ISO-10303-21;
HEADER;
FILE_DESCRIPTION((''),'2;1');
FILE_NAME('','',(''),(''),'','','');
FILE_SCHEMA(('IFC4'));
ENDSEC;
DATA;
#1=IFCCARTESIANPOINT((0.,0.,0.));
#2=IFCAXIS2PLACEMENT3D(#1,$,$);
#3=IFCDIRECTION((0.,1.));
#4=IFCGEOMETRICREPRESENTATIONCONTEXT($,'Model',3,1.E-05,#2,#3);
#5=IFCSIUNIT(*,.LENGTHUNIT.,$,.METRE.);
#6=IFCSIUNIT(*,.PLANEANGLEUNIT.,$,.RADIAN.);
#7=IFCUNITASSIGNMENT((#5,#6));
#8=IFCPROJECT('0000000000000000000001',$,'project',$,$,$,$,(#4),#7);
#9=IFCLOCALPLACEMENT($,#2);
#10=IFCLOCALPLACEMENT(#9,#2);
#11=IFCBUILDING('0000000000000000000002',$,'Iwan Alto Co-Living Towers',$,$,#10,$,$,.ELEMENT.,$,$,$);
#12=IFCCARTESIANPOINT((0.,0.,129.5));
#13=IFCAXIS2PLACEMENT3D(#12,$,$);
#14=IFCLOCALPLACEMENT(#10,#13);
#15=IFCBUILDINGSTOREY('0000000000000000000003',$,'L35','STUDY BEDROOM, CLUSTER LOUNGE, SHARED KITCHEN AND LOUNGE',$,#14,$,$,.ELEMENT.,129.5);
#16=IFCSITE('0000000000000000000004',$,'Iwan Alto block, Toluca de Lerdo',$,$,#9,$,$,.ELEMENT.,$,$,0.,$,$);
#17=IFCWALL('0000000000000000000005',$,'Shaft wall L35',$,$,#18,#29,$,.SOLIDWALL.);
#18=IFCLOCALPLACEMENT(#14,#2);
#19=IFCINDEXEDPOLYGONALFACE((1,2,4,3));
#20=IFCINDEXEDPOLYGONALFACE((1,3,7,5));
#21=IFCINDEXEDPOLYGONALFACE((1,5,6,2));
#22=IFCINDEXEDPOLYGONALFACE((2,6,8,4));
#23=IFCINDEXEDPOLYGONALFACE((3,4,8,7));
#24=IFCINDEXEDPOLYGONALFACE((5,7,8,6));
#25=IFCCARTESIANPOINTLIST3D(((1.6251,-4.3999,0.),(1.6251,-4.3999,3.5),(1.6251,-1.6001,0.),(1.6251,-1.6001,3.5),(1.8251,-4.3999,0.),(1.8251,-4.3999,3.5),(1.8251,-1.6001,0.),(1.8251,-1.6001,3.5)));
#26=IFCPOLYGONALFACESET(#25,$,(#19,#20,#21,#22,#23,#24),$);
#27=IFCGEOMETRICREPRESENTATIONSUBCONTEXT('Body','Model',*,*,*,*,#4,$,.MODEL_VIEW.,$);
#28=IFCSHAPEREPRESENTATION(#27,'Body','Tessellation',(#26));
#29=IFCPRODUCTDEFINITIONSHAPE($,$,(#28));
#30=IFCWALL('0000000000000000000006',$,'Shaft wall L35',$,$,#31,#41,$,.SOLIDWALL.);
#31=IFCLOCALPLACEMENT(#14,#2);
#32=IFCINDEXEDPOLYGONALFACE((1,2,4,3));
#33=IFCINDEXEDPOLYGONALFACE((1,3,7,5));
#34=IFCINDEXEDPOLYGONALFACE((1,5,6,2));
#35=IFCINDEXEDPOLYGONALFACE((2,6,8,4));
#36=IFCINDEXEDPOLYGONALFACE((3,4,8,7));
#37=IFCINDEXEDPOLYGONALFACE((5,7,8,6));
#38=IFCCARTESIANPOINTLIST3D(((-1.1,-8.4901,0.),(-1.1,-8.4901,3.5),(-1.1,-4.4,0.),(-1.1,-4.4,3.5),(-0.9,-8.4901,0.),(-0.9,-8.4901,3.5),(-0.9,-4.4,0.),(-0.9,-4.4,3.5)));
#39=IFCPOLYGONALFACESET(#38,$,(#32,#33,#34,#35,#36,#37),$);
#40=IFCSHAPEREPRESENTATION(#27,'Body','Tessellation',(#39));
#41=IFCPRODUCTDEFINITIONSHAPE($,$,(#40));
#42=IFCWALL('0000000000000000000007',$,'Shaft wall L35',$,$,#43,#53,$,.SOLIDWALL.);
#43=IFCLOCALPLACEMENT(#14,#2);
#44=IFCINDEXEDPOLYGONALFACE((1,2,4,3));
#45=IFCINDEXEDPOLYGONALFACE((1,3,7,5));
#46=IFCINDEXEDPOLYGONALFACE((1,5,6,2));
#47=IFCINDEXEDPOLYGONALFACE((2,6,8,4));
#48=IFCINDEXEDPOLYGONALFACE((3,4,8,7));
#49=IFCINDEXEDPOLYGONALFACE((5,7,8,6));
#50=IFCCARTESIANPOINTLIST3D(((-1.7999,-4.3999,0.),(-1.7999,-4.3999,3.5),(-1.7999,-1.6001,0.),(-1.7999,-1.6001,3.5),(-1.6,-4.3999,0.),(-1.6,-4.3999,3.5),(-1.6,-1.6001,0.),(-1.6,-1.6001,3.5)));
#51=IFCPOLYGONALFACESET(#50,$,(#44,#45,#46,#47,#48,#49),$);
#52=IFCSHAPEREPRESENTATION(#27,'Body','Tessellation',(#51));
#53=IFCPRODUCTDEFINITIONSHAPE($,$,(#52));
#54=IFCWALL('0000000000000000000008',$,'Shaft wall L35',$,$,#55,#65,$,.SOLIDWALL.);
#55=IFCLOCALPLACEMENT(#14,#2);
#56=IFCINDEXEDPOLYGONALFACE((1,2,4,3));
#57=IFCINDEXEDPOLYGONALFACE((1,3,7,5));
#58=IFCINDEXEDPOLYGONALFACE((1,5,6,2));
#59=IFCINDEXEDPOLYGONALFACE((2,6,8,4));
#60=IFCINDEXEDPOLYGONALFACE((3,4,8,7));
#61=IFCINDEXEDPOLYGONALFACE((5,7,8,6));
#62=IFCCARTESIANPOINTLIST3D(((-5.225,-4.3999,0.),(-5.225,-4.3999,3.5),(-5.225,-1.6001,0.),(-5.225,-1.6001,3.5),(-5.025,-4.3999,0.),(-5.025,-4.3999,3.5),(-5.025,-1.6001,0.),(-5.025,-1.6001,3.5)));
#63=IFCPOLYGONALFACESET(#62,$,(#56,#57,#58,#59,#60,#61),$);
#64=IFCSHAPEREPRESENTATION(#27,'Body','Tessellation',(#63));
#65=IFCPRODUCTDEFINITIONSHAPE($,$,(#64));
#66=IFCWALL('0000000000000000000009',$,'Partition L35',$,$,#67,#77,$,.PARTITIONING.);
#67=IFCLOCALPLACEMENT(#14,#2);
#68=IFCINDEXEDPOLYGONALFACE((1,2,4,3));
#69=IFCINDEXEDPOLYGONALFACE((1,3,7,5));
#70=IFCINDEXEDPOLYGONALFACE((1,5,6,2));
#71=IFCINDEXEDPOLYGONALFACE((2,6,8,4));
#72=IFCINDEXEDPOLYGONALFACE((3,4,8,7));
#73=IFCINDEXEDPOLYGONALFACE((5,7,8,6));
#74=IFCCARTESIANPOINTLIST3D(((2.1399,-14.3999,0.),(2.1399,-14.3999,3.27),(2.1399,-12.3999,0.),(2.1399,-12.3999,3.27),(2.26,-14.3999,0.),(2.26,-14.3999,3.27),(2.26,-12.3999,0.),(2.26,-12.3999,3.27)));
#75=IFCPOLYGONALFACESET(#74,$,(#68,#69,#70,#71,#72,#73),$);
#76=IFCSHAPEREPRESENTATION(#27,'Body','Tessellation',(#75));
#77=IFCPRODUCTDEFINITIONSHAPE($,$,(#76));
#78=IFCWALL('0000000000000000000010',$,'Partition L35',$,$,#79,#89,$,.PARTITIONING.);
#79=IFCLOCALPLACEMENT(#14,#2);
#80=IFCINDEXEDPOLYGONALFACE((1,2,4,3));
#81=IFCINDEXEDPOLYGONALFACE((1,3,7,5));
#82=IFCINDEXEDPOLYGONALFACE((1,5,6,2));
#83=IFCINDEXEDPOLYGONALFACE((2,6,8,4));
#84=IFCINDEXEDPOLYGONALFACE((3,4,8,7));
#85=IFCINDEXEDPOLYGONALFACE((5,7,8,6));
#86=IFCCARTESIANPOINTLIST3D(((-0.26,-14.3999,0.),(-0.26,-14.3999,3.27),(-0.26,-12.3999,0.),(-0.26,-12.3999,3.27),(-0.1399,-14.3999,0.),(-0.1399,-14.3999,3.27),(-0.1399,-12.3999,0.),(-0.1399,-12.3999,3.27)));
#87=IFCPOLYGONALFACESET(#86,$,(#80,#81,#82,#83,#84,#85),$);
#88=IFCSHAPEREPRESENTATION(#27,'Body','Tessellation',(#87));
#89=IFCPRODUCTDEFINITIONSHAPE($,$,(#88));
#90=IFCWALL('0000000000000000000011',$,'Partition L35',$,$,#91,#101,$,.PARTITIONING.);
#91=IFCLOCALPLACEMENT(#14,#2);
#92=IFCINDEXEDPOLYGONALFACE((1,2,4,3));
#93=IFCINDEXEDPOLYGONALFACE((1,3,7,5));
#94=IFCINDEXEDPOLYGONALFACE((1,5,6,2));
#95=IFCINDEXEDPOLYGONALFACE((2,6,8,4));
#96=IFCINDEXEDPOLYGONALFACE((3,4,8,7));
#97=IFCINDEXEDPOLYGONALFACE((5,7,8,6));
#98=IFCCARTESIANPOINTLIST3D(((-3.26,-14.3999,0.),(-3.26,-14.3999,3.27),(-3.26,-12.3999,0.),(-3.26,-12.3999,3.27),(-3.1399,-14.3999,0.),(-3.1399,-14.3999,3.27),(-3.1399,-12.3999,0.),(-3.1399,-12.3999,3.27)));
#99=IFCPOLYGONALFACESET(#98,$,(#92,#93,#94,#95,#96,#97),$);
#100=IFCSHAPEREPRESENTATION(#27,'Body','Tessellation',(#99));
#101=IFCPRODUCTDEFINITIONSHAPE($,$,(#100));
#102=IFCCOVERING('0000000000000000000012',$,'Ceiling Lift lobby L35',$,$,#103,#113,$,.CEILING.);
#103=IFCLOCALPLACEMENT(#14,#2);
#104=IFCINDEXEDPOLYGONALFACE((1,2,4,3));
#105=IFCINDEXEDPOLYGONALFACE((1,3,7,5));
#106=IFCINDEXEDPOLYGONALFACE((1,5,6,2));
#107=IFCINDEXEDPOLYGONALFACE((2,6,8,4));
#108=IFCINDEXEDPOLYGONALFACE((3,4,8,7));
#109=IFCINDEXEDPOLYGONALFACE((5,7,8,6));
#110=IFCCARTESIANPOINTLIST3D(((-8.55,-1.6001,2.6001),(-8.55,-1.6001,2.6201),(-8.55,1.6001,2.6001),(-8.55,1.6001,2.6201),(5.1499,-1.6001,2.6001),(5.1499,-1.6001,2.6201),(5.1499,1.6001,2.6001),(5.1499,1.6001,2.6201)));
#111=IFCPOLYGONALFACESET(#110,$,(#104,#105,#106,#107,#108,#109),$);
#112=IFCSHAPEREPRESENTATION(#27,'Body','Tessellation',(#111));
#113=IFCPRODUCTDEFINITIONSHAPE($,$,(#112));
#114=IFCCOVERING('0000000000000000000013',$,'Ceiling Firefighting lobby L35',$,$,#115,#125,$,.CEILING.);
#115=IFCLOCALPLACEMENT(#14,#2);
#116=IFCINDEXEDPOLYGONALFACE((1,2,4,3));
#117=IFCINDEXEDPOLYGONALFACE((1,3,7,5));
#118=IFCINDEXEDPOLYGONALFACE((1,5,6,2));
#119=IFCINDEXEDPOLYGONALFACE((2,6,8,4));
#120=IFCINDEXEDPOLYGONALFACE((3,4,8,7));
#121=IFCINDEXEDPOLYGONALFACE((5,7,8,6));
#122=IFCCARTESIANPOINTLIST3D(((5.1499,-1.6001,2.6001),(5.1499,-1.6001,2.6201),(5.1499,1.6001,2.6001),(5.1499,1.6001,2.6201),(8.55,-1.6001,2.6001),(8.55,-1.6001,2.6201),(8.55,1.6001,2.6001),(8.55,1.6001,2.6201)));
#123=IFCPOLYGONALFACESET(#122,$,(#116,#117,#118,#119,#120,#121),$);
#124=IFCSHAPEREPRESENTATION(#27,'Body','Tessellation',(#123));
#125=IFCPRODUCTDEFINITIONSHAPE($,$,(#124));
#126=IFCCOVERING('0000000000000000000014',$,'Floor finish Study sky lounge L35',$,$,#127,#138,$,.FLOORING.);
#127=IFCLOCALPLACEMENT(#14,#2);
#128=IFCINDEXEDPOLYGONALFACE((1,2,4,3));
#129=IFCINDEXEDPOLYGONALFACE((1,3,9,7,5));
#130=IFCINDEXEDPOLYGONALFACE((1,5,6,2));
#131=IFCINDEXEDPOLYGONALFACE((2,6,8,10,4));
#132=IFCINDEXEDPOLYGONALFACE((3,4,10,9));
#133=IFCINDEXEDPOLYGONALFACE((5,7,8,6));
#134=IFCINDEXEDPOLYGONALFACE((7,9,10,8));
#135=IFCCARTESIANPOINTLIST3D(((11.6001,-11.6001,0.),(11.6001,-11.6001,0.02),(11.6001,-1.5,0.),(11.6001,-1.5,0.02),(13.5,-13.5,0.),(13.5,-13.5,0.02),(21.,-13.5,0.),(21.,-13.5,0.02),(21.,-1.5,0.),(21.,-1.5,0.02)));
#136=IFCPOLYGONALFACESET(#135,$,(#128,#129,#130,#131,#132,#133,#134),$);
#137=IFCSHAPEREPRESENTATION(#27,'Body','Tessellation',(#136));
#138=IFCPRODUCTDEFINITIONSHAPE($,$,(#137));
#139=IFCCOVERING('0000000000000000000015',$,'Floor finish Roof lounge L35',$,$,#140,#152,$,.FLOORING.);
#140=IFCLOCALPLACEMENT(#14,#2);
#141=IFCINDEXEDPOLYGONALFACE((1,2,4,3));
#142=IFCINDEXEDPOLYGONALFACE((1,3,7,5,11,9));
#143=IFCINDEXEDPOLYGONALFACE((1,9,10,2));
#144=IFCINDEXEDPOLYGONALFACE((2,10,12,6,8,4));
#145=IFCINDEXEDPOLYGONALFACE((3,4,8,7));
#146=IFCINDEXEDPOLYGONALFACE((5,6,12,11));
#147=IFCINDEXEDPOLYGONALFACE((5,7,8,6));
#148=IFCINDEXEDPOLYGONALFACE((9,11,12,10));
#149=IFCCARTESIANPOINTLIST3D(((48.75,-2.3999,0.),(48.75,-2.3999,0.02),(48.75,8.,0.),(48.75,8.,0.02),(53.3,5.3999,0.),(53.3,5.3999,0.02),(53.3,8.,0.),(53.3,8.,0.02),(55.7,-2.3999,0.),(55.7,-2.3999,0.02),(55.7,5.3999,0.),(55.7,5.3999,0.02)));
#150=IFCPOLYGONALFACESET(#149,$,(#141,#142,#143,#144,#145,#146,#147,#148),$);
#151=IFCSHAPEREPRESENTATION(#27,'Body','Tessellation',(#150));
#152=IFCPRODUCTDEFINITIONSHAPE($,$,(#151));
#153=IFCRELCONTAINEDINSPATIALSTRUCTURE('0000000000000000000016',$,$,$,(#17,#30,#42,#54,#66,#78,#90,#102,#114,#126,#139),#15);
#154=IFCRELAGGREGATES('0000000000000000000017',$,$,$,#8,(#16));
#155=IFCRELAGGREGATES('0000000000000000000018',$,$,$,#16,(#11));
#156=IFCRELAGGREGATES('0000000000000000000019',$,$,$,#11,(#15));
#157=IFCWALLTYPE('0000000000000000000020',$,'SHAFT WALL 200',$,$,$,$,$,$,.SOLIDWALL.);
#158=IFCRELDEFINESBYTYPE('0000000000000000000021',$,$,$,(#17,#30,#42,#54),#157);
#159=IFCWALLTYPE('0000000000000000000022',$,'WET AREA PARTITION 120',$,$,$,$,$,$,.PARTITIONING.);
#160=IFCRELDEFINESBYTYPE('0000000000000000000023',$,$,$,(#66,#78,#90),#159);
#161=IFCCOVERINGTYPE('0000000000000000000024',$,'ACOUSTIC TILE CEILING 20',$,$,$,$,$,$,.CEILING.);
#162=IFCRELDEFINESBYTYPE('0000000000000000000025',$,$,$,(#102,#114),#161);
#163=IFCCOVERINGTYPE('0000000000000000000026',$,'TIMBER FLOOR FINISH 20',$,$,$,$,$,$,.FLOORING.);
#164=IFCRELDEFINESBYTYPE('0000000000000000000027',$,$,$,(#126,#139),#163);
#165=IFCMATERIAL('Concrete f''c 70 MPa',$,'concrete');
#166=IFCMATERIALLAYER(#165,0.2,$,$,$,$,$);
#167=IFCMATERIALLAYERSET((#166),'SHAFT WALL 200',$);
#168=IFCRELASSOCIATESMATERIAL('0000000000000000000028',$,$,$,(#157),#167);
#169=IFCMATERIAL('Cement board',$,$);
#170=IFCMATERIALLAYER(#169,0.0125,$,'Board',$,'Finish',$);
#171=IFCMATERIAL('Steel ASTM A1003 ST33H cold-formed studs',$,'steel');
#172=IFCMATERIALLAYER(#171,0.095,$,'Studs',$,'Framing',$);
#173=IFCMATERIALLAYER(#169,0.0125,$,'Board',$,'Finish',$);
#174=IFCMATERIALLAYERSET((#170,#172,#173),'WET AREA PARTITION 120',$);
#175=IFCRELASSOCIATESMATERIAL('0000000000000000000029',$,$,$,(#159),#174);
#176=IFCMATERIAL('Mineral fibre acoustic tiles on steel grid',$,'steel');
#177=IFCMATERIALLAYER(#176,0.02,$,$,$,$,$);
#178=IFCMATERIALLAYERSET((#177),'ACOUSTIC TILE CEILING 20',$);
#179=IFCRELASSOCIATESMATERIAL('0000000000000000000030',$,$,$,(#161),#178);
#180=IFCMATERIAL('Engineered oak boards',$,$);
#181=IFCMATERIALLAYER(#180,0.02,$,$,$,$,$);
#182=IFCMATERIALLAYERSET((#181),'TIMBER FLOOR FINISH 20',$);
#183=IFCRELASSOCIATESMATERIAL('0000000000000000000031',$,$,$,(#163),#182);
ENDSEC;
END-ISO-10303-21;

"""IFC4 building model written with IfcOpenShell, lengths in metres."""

from ifc_helpers import new_model, si_unit, direction, frame, frame_2d, origin, place, context, subcontext, project, spatial, polyline, rectangle, outline, extrude, material, layer, layer_set, type_object, element, save


model = new_model("IFC4")

# Units and contexts
model_context = context("Model", 3, precision=1e-05, world=origin(), true_north=direction((0.0, 1.0)))
body_context = subcontext(model_context, "Body", "Model", "MODEL_VIEW")
ifc_project = project(units=[si_unit("LENGTHUNIT", "METRE"), si_unit("PLANEANGLEUNIT", "RADIAN")], contexts=[model_context])

# Site, building, storey
site_placement = place(None, origin())
site = spatial("IfcSite", under=ifc_project, at=site_placement, Name="Iwan Alto block, Toluca de Lerdo", CompositionType="ELEMENT", RefElevation=0.0)
building_placement = place(site_placement, origin())
building = spatial("IfcBuilding", under=site, at=building_placement, Name="Iwan Alto Co-Living Towers", CompositionType="ELEMENT")
storey_placement = place(building_placement, frame((0.0, 0.0, 129.5)))
storey = spatial("IfcBuildingStorey", under=building, at=storey_placement, Name="L35", Description="STUDY BEDROOM, CLUSTER LOUNGE, SHARED KITCHEN AND LOUNGE", CompositionType="ELEMENT", Elevation=129.5)

# Shared definitions
ifc_material_1 = material(Name="Steel ASTM A1003 ST33H cold-formed studs", Category="steel")

# Walls
ifc_material_2 = material(Name="Concrete f'c 70 MPa", Category="concrete")
ifc_layer_1 = layer(ifc_material_2, 0.2)
ifc_layer_set_1 = layer_set([ifc_layer_1], Name="SHAFT WALL 200")
wall_type_1 = type_object("IfcWallType", Name="SHAFT WALL 200", PredefinedType="SOLIDWALL", material=ifc_layer_set_1)
wall_1_placement = place(storey_placement, frame((1.7251, -4.3999, 0.0), z_axis=(0.0, 0.0, 1.0), x_axis=(0.0, 1.0, 0.0)))
element("IfcWall", 1, at=wall_1_placement, inside=storey, type_object=wall_type_1, Name="Shaft wall L35", PredefinedType="SOLIDWALL", context=body_context, shape_type="SweptSolid", body=[
    extrude(rectangle(XDim=2.7998, YDim=0.2, at=frame_2d((1.3999, 0.0))), origin(), (0.0, 0.0, 1.0), 3.5),
])
wall_2_placement = place(storey_placement, frame((-1.0, -8.49, 0.0), z_axis=(0.0, 0.0, 1.0), x_axis=(0.0, 1.0, 0.0)))
element("IfcWall", 2, at=wall_2_placement, inside=storey, type_object=wall_type_1, Name="Shaft wall L35", PredefinedType="SOLIDWALL", context=body_context, shape_type="SweptSolid", body=[
    extrude(rectangle(XDim=4.0901, YDim=0.2, at=frame_2d((2.0449, 0.0))), origin(), (0.0, 0.0, 1.0), 3.5),
])
for number, where, z_axis, x_axis, name in (
    (3, (-1.7, -4.3999, 0.0), (0.0, 0.0, 1.0), (0.0, 1.0, 0.0), "Shaft wall L35"),
    (4, (-5.125, -4.3999, 0.0), (0.0, 0.0, 1.0), (0.0, 1.0, 0.0), "Shaft wall L35"),
):
    element("IfcWall", number, at=place(storey_placement, frame(where, z_axis=z_axis, x_axis=x_axis)), inside=storey, type_object=wall_type_1, Name=name, PredefinedType="SOLIDWALL", context=body_context, shape_type="SweptSolid", body=[
        extrude(rectangle(XDim=2.7998, YDim=0.2, at=frame_2d((1.3999, 0.0))), origin(), (0.0, 0.0, 1.0), 3.5),
    ])
ifc_material_3 = material(Name="Cement board")
ifc_layer_2 = layer(ifc_material_3, 0.0125, Name="Board", Category="Finish")
ifc_layer_3 = layer(ifc_material_1, 0.095, Name="Studs", Category="Framing")
ifc_layer_4 = layer(ifc_material_3, 0.0125, Name="Board", Category="Finish")
ifc_layer_set_2 = layer_set([ifc_layer_2, ifc_layer_3, ifc_layer_4], Name="WET AREA PARTITION 120")
wall_type_2 = type_object("IfcWallType", Name="WET AREA PARTITION 120", PredefinedType="PARTITIONING", material=ifc_layer_set_2)
for number, where, z_axis, x_axis, name in (
    (5, (2.2, -14.3999, 0.0), (0.0, 0.0, 1.0), (0.0, 1.0, 0.0), "Partition L35"),
    (6, (-0.2, -14.3999, 0.0), (0.0, 0.0, 1.0), (0.0, 1.0, 0.0), "Partition L35"),
    (7, (-3.2, -14.3999, 0.0), (0.0, 0.0, 1.0), (0.0, 1.0, 0.0), "Partition L35"),
):
    element("IfcWall", number, at=place(storey_placement, frame(where, z_axis=z_axis, x_axis=x_axis)), inside=storey, type_object=wall_type_2, Name=name, PredefinedType="PARTITIONING", context=body_context, shape_type="SweptSolid", body=[
        extrude(rectangle(XDim=2.0, YDim=0.1201, at=frame_2d((1.0, 0.0))), origin(), (0.0, 0.0, 1.0), 3.27),
    ])

# Coverings
ifc_material_4 = material(Name="Mineral fibre acoustic tiles on steel grid", Category="steel")
ifc_layer_5 = layer(ifc_material_4, 0.02)
ifc_layer_set_3 = layer_set([ifc_layer_5], Name="ACOUSTIC TILE CEILING 20")
covering_type_1 = type_object("IfcCoveringType", Name="ACOUSTIC TILE CEILING 20", PredefinedType="CEILING", material=ifc_layer_set_3)
covering_1_placement = place(storey_placement, frame((0.0, 0.0, 2.6001)))
element("IfcCovering", 8, at=covering_1_placement, inside=storey, type_object=covering_type_1, Name="Ceiling Lift lobby L35", PredefinedType="CEILING", context=body_context, shape_type="SweptSolid", body=[
    extrude(outline(polyline([(-8.55, -1.6001), (-8.55, 1.6001), (5.1499, 1.6001), (5.1499, -1.6001), (-8.55, -1.6001)])), origin(), (0.0, 0.0, 1.0), 0.02),
])
covering_2_placement = place(storey_placement, frame((0.0, 0.0, 2.6001)))
element("IfcCovering", 9, at=covering_2_placement, inside=storey, type_object=covering_type_1, Name="Ceiling Firefighting lobby L35", PredefinedType="CEILING", context=body_context, shape_type="SweptSolid", body=[
    extrude(outline(polyline([(5.1499, -1.6001), (5.1499, 1.6001), (8.55, 1.6001), (8.55, -1.6001), (5.1499, -1.6001)])), origin(), (0.0, 0.0, 1.0), 0.02),
])
ifc_material_5 = material(Name="Engineered oak boards")
ifc_layer_6 = layer(ifc_material_5, 0.02)
ifc_layer_set_4 = layer_set([ifc_layer_6], Name="TIMBER FLOOR FINISH 20")
covering_type_2 = type_object("IfcCoveringType", Name="TIMBER FLOOR FINISH 20", PredefinedType="FLOORING", material=ifc_layer_set_4)
covering_3_placement = place(storey_placement, origin())
element("IfcCovering", 10, at=covering_3_placement, inside=storey, type_object=covering_type_2, Name="Floor finish Study sky lounge L35", PredefinedType="FLOORING", context=body_context, shape_type="SweptSolid", body=[
    extrude(outline(polyline([(21.0, -1.5), (21.0, -13.5), (13.5, -13.5), (11.6001, -11.6001), (11.6001, -1.5), (21.0, -1.5)])), origin(), (0.0, 0.0, 1.0), 0.02),
])
covering_4_placement = place(storey_placement, origin())
element("IfcCovering", 11, at=covering_4_placement, inside=storey, type_object=covering_type_2, Name="Floor finish Roof lounge L35", PredefinedType="FLOORING", context=body_context, shape_type="SweptSolid", body=[
    extrude(outline(polyline([(48.75, -2.3999), (48.75, 8.0), (53.3, 8.0), (53.3, 5.3999), (55.7, 5.3999), (55.7, -2.3999), (48.75, -2.3999)])), origin(), (0.0, 0.0, 1.0), 0.02),
])

save(model, "model.ifc")
